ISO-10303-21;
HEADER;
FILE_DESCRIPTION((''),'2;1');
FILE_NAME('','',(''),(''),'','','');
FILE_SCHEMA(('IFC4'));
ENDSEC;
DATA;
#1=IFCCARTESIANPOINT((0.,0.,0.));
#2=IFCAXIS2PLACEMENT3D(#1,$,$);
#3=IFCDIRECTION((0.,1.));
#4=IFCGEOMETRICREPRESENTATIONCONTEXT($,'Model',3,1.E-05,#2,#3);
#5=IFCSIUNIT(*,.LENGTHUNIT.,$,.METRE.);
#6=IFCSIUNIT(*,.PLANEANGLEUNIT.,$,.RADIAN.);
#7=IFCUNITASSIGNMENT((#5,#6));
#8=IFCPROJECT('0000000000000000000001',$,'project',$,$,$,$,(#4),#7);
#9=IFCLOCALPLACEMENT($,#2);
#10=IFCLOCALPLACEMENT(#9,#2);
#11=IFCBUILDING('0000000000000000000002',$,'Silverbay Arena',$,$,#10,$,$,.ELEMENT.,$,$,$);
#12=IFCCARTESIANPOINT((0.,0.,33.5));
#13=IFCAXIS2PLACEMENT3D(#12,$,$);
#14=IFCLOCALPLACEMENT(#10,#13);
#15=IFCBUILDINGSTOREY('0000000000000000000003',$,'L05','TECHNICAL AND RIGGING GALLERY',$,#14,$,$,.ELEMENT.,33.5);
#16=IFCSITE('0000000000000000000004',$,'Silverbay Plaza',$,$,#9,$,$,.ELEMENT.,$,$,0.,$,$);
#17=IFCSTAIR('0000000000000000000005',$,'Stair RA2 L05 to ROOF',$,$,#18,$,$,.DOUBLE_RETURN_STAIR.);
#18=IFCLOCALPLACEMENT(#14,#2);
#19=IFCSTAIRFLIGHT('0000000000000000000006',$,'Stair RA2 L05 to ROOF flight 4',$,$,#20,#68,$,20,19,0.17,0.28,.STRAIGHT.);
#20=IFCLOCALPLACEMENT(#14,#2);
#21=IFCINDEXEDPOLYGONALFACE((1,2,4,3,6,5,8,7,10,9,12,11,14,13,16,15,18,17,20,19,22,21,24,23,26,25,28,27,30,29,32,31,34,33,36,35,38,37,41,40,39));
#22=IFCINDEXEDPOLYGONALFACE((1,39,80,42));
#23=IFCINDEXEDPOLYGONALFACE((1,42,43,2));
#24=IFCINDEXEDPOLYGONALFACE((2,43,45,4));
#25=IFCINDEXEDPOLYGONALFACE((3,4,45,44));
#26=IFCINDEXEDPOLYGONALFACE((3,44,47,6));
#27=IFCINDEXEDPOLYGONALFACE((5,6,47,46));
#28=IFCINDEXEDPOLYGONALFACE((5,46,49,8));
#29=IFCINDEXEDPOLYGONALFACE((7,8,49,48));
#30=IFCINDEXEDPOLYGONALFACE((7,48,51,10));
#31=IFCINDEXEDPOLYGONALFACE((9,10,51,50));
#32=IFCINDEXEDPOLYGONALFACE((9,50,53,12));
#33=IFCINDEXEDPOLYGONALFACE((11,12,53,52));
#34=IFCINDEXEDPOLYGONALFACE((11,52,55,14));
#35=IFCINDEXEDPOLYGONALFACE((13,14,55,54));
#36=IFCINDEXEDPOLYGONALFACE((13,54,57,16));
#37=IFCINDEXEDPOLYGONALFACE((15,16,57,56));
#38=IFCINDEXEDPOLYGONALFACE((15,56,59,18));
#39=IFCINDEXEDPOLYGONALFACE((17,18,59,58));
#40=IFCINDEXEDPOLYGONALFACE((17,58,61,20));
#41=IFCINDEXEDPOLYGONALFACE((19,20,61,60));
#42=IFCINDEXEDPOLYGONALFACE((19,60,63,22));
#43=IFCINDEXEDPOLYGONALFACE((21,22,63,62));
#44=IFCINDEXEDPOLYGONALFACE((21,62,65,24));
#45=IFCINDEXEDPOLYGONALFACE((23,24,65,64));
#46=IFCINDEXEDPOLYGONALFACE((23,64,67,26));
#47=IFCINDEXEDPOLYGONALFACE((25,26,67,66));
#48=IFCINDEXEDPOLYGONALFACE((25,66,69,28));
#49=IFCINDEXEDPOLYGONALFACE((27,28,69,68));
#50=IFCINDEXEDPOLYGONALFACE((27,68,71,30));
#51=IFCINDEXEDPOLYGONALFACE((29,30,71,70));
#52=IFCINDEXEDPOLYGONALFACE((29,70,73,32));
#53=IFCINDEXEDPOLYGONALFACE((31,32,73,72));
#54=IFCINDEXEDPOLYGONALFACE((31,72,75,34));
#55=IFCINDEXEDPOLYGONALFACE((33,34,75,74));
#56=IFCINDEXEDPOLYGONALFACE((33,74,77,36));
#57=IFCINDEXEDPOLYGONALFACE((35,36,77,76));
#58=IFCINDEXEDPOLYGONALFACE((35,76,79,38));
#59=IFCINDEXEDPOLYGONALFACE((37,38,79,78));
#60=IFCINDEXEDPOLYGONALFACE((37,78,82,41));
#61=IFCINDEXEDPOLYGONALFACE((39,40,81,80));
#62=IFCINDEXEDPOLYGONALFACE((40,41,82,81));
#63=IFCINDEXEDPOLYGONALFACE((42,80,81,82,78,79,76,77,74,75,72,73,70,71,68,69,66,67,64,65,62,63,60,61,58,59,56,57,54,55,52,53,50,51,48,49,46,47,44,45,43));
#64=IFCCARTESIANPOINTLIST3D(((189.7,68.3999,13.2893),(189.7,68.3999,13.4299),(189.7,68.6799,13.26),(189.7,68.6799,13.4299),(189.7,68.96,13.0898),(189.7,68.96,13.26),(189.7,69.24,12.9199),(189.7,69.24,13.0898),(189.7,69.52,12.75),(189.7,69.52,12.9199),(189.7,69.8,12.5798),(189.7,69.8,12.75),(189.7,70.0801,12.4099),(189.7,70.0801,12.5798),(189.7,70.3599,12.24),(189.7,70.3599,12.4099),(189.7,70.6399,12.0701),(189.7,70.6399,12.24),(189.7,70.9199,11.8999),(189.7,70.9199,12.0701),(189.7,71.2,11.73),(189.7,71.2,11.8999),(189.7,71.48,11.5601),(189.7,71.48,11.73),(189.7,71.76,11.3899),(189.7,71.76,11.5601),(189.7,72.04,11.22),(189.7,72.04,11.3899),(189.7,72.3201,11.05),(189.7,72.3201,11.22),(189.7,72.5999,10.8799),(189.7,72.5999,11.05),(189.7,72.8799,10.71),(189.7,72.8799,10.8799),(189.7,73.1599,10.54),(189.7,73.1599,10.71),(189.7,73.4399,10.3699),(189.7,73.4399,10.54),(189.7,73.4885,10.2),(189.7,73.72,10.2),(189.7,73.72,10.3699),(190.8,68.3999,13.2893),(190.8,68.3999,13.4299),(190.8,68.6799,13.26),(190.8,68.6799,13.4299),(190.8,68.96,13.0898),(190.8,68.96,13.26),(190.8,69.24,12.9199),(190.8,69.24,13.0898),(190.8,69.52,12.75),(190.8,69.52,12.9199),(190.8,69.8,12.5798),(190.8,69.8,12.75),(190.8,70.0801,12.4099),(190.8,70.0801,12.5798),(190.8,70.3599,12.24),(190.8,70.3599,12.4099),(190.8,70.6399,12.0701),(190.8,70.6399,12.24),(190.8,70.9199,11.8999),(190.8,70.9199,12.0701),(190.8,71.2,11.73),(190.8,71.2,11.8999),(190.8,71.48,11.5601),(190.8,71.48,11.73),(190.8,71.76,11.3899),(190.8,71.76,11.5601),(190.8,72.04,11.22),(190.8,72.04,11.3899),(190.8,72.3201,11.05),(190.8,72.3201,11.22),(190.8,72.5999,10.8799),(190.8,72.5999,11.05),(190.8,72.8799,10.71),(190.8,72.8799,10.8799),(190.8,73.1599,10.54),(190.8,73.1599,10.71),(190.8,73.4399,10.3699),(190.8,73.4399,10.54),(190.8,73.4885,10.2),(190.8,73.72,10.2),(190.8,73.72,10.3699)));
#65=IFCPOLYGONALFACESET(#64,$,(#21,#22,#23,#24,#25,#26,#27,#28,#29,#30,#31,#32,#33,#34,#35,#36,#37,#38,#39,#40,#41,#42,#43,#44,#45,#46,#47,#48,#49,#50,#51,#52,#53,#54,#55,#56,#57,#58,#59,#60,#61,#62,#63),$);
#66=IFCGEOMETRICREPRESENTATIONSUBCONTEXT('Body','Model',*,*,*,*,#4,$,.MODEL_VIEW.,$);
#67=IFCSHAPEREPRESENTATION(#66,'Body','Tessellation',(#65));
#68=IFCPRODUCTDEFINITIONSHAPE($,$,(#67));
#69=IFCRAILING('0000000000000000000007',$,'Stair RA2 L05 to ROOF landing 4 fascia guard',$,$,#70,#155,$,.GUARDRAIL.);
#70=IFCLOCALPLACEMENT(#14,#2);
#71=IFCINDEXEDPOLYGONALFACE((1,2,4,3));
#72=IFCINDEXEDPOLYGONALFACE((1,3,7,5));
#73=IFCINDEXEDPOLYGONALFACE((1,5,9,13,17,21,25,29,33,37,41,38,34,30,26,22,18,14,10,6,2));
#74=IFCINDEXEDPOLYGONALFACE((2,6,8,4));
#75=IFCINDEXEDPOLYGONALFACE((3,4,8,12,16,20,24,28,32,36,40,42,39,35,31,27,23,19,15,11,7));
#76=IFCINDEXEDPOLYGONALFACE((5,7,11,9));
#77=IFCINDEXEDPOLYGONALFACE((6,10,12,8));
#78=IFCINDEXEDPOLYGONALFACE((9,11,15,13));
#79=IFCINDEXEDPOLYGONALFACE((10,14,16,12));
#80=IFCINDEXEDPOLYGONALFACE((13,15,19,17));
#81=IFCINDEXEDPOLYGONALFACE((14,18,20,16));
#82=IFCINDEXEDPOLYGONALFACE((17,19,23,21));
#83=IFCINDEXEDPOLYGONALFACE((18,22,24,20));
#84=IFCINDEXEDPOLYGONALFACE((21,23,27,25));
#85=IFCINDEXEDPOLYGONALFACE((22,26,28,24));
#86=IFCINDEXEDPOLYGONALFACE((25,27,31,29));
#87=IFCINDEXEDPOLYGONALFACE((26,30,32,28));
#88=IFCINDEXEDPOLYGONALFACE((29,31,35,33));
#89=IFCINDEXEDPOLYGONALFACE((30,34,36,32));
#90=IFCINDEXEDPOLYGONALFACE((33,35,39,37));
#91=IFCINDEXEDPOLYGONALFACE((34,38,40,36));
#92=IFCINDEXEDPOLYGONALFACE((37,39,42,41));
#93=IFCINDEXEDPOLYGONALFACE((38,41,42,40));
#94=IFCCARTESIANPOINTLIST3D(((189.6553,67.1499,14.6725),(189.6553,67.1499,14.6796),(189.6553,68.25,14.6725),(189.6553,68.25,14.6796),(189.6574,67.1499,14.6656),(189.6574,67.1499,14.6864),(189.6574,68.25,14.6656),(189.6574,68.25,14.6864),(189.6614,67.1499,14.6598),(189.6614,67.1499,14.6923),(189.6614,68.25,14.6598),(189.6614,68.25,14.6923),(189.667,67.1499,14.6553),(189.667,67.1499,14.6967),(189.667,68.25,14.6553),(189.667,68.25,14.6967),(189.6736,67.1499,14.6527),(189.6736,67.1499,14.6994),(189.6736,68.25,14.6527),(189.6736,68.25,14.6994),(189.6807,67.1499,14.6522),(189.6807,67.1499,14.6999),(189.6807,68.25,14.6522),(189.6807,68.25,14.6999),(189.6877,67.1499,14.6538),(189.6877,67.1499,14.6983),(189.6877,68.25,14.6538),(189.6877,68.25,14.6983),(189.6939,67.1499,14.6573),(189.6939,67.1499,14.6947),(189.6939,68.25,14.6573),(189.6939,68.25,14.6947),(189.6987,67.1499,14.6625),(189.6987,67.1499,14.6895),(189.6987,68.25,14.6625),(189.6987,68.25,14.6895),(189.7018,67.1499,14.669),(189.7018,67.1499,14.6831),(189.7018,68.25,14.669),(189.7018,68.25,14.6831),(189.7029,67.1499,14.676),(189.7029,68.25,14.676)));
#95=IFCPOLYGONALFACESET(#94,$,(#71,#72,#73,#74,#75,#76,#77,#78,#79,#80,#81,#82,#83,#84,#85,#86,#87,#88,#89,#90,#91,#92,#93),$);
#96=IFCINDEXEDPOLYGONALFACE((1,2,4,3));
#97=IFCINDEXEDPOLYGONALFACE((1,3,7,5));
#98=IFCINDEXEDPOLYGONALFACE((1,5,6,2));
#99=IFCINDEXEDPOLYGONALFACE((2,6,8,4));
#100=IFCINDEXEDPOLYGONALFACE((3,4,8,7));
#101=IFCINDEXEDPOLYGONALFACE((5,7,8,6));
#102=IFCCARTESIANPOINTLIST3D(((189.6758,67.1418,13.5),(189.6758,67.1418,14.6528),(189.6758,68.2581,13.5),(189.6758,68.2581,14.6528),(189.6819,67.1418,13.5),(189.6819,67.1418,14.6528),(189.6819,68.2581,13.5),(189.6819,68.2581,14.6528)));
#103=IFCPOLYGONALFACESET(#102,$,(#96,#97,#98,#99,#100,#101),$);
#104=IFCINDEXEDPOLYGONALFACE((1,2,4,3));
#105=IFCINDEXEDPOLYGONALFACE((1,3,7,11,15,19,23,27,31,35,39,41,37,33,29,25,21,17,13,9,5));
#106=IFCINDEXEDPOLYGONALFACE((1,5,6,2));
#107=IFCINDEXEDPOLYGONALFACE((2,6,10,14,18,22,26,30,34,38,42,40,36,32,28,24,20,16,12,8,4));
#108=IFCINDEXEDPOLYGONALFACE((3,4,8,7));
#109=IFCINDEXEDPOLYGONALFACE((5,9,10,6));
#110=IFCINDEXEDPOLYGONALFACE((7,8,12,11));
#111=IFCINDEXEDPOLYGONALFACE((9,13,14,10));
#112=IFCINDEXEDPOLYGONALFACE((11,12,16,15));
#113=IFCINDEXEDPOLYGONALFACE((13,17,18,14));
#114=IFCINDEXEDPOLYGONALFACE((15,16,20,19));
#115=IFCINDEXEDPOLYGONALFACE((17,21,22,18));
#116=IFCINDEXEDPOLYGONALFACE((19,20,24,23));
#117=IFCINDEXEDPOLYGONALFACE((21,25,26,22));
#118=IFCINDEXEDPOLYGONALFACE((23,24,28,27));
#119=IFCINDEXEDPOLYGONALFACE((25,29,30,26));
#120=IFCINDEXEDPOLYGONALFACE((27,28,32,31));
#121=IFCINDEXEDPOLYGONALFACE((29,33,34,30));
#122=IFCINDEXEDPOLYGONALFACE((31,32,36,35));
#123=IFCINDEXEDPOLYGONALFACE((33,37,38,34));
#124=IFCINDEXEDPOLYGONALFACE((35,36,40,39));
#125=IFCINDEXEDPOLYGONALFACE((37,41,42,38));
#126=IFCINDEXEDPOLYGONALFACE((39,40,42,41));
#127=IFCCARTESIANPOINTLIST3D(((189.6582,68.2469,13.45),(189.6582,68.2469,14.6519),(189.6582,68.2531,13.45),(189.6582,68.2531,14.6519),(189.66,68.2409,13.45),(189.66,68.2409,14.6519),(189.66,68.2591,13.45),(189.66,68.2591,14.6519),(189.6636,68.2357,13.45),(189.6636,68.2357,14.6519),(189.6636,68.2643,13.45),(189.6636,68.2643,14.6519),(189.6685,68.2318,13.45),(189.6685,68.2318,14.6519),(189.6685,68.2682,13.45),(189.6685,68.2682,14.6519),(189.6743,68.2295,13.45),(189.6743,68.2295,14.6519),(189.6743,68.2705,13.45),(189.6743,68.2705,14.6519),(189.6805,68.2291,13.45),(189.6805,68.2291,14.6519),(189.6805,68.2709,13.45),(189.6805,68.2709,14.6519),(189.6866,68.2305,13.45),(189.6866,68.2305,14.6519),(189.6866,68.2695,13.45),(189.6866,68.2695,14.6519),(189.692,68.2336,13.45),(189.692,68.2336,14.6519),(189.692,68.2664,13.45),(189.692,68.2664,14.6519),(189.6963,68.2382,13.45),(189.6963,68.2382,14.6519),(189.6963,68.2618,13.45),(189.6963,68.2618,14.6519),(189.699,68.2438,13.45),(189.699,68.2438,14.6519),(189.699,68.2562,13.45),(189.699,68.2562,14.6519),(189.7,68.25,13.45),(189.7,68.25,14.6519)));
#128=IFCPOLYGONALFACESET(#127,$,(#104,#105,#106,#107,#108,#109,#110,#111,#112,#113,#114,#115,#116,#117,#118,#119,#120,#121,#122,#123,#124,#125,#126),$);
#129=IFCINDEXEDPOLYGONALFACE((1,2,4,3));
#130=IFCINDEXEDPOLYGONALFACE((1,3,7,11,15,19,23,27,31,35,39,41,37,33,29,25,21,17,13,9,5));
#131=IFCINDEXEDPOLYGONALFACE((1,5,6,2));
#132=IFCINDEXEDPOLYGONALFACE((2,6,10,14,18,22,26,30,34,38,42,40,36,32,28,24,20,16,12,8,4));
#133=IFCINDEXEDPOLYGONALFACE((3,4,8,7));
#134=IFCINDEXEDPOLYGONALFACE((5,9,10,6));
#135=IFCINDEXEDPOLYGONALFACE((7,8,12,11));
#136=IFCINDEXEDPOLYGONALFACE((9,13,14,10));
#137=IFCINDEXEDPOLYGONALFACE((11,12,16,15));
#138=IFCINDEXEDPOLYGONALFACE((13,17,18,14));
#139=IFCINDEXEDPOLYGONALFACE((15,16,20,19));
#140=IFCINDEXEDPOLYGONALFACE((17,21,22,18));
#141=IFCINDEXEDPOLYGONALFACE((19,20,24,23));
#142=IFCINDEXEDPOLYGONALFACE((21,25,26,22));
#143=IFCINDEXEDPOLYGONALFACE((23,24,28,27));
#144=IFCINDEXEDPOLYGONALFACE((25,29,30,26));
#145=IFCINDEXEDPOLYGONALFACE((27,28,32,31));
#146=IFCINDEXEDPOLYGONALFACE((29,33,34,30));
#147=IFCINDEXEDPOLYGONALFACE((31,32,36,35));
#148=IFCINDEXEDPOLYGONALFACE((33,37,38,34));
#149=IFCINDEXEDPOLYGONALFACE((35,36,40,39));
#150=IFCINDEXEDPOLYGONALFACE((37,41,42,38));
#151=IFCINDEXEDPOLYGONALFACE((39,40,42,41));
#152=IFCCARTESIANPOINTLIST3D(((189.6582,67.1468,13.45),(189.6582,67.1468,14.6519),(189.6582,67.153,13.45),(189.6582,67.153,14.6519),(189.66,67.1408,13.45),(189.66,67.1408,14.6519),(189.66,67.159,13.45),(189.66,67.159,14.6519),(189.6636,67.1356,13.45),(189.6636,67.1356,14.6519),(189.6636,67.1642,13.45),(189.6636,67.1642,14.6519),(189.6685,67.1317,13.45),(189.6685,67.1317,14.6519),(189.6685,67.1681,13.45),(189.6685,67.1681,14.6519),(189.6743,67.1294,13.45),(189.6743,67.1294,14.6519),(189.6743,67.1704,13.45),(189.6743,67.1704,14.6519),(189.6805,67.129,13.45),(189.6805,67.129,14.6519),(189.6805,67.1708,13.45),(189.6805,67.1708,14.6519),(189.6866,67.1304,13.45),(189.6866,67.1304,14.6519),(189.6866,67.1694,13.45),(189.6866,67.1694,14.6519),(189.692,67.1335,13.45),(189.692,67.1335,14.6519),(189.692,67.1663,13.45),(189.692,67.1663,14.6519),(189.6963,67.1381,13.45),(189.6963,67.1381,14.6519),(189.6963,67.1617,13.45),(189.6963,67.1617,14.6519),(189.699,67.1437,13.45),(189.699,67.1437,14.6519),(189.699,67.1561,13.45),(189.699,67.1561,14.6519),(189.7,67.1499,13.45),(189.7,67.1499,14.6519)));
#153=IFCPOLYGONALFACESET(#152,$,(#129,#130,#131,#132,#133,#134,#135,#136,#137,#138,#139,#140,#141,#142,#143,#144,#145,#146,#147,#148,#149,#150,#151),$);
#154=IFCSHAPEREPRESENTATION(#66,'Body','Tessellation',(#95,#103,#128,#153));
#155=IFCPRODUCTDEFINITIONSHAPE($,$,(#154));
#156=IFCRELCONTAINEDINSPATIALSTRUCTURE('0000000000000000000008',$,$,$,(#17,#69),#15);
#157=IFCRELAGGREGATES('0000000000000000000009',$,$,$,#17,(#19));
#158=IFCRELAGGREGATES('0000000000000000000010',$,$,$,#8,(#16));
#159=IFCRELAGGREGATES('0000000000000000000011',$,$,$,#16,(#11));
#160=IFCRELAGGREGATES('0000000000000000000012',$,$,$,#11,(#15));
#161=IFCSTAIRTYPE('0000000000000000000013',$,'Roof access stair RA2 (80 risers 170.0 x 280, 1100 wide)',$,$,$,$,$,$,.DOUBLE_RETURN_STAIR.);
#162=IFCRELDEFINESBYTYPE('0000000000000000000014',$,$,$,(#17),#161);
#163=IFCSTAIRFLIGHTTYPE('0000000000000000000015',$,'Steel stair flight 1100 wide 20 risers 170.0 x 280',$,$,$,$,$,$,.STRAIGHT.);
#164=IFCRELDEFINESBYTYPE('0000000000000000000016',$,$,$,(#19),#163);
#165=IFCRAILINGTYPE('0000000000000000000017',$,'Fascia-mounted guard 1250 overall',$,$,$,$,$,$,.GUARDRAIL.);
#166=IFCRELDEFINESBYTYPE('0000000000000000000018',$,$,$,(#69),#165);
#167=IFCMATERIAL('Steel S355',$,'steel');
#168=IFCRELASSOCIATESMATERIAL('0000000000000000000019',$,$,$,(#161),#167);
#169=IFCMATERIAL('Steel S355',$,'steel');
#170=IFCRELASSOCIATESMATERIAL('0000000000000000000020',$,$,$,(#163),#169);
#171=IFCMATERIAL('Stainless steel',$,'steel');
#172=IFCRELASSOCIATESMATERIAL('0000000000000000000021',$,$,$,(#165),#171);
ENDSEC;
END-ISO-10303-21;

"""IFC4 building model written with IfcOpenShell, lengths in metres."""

from ifc_helpers import new_model, si_unit, direction, frame, origin, origin_2d, place, context, subcontext, project, spatial, polyline, circle, outline, extrude, material, type_object, element, aggregate, save


model = new_model("IFC4")

# Units and contexts
model_context = context("Model", 3, precision=1e-05, world=origin(), true_north=direction((0.0, 1.0)))
body_context = subcontext(model_context, "Body", "Model", "MODEL_VIEW")
ifc_project = project(units=[si_unit("LENGTHUNIT", "METRE"), si_unit("PLANEANGLEUNIT", "RADIAN")], contexts=[model_context])

# Site, building, storey
site_placement = place(None, origin())
site = spatial("IfcSite", under=ifc_project, at=site_placement, Name="Silverbay Plaza", CompositionType="ELEMENT", RefElevation=0.0)
building_placement = place(site_placement, origin())
building = spatial("IfcBuilding", under=site, at=building_placement, Name="Silverbay Arena", CompositionType="ELEMENT")
storey_placement = place(building_placement, frame((0.0, 0.0, 33.5)))
storey = spatial("IfcBuildingStorey", under=building, at=storey_placement, Name="L05", Description="TECHNICAL AND RIGGING GALLERY", CompositionType="ELEMENT", Elevation=33.5)

# Stair, stair flight
ifc_material_1 = material(Name="Steel S355", Category="steel")
stair_type = type_object("IfcStairType", Name="Roof access stair RA2 (80 risers 170.0 x 280, 1100 wide)", PredefinedType="DOUBLE_RETURN_STAIR", material=ifc_material_1)
stair_placement = place(storey_placement, origin())
stair = element("IfcStair", 1, at=stair_placement, inside=storey, type_object=stair_type, Name="Stair RA2 L05 to ROOF", PredefinedType="DOUBLE_RETURN_STAIR")
ifc_material_2 = material(Name="Steel S355", Category="steel")
stair_flight_type = type_object("IfcStairFlightType", Name="Steel stair flight 1100 wide 20 risers 170.0 x 280", PredefinedType="STRAIGHT", material=ifc_material_2)
stair_flight_1_placement = place(storey_placement, frame((190.25, 73.72, 10.2), z_axis=(0.0, 0.0, 1.0), x_axis=(0.0, -1.0, 0.0)))
stair_flight_1 = element("IfcStairFlight", 2, at=stair_flight_1_placement, type_object=stair_flight_type, Name="Stair RA2 L05 to ROOF flight 4", NumberOfRisers=20, NumberOfTreads=19, PredefinedType="STRAIGHT", RiserHeight=0.17, TreadLength=0.28, context=body_context, shape_type="SweptSolid", body=[
    extrude(outline(polyline([(0.0, 0.0), (0.0, 0.1699), (0.28, 0.1699), (0.28, 0.3401), (0.5601, 0.3401), (0.5601, 0.51), (0.8401, 0.51), (0.8401, 0.6799), (1.1201, 0.6799), (1.1201, 0.8501), (1.3999, 0.8501), (1.3999, 1.02), (1.6799, 1.02), (1.6799, 1.1899), (1.96, 1.1899), (1.96, 1.3601), (2.24, 1.3601), (2.24, 1.53), (2.52, 1.53), (2.52, 1.7), (2.8, 1.7), (2.8, 1.8701), (3.0801, 1.8701), (3.0801, 2.04), (3.3601, 2.04), (3.3601, 2.21), (3.6399, 2.21), (3.6399, 2.3799), (3.9199, 2.3799), (3.9199, 2.55), (4.2, 2.55), (4.2, 2.72), (4.48, 2.72), (4.48, 2.8899), (4.76, 2.8899), (4.76, 3.0601), (5.04, 3.0601), (5.04, 3.23), (5.3201, 3.23), (5.3201, 3.0894), (0.2314, 0.0), (0.0, 0.0)])), frame((0.0, 0.55, 0.0), z_axis=(0.0, -1.0, 0.0), x_axis=(1.0, 0.0, 0.0)), (0.0, 0.0, 1.0), 1.1001),
])
aggregate(stair, [stair_flight_1])

# Railing
ifc_material_3 = material(Name="Stainless steel", Category="steel")
railing_type_1 = type_object("IfcRailingType", Name="Fascia-mounted guard 1250 overall", PredefinedType="GUARDRAIL", material=ifc_material_3)
railing_1_placement = place(storey_placement, frame((189.679, 68.25, 13.45)))
element("IfcRailing", 3, at=railing_1_placement, inside=storey, type_object=railing_type_1, Name="Stair RA2 L05 to ROOF landing 4 fascia guard", PredefinedType="GUARDRAIL", context=body_context, shape_type="SweptSolid", body=[
    extrude(circle(Radius=0.0239, at=origin_2d()), frame((0.0, 0.0, 1.2261), z_axis=(0.0, -1.0, 0.0), x_axis=(1.0, 0.0, 0.0)), (0.0, 0.0, 1.0), 1.1001),
    extrude(outline(polyline([(-0.0081, 0.05), (1.1082, 0.05), (1.1082, 1.2029), (-0.0081, 1.2029), (-0.0081, 0.05)])), frame((0.0029, 0.0, 0.0), z_axis=(-1.0, 0.0, 0.0), x_axis=(0.0, -1.0, 0.0)), (0.0, 0.0, 1.0), 0.0061),
    extrude(circle(Radius=0.021, at=origin_2d()), origin(), (0.0, 0.0, 1.0), 1.2019),
    extrude(circle(Radius=0.021, at=origin_2d()), frame((0.0, -1.1001, 0.0)), (0.0, 0.0, 1.0), 1.2019),
])

save(model, "model.ifc")
